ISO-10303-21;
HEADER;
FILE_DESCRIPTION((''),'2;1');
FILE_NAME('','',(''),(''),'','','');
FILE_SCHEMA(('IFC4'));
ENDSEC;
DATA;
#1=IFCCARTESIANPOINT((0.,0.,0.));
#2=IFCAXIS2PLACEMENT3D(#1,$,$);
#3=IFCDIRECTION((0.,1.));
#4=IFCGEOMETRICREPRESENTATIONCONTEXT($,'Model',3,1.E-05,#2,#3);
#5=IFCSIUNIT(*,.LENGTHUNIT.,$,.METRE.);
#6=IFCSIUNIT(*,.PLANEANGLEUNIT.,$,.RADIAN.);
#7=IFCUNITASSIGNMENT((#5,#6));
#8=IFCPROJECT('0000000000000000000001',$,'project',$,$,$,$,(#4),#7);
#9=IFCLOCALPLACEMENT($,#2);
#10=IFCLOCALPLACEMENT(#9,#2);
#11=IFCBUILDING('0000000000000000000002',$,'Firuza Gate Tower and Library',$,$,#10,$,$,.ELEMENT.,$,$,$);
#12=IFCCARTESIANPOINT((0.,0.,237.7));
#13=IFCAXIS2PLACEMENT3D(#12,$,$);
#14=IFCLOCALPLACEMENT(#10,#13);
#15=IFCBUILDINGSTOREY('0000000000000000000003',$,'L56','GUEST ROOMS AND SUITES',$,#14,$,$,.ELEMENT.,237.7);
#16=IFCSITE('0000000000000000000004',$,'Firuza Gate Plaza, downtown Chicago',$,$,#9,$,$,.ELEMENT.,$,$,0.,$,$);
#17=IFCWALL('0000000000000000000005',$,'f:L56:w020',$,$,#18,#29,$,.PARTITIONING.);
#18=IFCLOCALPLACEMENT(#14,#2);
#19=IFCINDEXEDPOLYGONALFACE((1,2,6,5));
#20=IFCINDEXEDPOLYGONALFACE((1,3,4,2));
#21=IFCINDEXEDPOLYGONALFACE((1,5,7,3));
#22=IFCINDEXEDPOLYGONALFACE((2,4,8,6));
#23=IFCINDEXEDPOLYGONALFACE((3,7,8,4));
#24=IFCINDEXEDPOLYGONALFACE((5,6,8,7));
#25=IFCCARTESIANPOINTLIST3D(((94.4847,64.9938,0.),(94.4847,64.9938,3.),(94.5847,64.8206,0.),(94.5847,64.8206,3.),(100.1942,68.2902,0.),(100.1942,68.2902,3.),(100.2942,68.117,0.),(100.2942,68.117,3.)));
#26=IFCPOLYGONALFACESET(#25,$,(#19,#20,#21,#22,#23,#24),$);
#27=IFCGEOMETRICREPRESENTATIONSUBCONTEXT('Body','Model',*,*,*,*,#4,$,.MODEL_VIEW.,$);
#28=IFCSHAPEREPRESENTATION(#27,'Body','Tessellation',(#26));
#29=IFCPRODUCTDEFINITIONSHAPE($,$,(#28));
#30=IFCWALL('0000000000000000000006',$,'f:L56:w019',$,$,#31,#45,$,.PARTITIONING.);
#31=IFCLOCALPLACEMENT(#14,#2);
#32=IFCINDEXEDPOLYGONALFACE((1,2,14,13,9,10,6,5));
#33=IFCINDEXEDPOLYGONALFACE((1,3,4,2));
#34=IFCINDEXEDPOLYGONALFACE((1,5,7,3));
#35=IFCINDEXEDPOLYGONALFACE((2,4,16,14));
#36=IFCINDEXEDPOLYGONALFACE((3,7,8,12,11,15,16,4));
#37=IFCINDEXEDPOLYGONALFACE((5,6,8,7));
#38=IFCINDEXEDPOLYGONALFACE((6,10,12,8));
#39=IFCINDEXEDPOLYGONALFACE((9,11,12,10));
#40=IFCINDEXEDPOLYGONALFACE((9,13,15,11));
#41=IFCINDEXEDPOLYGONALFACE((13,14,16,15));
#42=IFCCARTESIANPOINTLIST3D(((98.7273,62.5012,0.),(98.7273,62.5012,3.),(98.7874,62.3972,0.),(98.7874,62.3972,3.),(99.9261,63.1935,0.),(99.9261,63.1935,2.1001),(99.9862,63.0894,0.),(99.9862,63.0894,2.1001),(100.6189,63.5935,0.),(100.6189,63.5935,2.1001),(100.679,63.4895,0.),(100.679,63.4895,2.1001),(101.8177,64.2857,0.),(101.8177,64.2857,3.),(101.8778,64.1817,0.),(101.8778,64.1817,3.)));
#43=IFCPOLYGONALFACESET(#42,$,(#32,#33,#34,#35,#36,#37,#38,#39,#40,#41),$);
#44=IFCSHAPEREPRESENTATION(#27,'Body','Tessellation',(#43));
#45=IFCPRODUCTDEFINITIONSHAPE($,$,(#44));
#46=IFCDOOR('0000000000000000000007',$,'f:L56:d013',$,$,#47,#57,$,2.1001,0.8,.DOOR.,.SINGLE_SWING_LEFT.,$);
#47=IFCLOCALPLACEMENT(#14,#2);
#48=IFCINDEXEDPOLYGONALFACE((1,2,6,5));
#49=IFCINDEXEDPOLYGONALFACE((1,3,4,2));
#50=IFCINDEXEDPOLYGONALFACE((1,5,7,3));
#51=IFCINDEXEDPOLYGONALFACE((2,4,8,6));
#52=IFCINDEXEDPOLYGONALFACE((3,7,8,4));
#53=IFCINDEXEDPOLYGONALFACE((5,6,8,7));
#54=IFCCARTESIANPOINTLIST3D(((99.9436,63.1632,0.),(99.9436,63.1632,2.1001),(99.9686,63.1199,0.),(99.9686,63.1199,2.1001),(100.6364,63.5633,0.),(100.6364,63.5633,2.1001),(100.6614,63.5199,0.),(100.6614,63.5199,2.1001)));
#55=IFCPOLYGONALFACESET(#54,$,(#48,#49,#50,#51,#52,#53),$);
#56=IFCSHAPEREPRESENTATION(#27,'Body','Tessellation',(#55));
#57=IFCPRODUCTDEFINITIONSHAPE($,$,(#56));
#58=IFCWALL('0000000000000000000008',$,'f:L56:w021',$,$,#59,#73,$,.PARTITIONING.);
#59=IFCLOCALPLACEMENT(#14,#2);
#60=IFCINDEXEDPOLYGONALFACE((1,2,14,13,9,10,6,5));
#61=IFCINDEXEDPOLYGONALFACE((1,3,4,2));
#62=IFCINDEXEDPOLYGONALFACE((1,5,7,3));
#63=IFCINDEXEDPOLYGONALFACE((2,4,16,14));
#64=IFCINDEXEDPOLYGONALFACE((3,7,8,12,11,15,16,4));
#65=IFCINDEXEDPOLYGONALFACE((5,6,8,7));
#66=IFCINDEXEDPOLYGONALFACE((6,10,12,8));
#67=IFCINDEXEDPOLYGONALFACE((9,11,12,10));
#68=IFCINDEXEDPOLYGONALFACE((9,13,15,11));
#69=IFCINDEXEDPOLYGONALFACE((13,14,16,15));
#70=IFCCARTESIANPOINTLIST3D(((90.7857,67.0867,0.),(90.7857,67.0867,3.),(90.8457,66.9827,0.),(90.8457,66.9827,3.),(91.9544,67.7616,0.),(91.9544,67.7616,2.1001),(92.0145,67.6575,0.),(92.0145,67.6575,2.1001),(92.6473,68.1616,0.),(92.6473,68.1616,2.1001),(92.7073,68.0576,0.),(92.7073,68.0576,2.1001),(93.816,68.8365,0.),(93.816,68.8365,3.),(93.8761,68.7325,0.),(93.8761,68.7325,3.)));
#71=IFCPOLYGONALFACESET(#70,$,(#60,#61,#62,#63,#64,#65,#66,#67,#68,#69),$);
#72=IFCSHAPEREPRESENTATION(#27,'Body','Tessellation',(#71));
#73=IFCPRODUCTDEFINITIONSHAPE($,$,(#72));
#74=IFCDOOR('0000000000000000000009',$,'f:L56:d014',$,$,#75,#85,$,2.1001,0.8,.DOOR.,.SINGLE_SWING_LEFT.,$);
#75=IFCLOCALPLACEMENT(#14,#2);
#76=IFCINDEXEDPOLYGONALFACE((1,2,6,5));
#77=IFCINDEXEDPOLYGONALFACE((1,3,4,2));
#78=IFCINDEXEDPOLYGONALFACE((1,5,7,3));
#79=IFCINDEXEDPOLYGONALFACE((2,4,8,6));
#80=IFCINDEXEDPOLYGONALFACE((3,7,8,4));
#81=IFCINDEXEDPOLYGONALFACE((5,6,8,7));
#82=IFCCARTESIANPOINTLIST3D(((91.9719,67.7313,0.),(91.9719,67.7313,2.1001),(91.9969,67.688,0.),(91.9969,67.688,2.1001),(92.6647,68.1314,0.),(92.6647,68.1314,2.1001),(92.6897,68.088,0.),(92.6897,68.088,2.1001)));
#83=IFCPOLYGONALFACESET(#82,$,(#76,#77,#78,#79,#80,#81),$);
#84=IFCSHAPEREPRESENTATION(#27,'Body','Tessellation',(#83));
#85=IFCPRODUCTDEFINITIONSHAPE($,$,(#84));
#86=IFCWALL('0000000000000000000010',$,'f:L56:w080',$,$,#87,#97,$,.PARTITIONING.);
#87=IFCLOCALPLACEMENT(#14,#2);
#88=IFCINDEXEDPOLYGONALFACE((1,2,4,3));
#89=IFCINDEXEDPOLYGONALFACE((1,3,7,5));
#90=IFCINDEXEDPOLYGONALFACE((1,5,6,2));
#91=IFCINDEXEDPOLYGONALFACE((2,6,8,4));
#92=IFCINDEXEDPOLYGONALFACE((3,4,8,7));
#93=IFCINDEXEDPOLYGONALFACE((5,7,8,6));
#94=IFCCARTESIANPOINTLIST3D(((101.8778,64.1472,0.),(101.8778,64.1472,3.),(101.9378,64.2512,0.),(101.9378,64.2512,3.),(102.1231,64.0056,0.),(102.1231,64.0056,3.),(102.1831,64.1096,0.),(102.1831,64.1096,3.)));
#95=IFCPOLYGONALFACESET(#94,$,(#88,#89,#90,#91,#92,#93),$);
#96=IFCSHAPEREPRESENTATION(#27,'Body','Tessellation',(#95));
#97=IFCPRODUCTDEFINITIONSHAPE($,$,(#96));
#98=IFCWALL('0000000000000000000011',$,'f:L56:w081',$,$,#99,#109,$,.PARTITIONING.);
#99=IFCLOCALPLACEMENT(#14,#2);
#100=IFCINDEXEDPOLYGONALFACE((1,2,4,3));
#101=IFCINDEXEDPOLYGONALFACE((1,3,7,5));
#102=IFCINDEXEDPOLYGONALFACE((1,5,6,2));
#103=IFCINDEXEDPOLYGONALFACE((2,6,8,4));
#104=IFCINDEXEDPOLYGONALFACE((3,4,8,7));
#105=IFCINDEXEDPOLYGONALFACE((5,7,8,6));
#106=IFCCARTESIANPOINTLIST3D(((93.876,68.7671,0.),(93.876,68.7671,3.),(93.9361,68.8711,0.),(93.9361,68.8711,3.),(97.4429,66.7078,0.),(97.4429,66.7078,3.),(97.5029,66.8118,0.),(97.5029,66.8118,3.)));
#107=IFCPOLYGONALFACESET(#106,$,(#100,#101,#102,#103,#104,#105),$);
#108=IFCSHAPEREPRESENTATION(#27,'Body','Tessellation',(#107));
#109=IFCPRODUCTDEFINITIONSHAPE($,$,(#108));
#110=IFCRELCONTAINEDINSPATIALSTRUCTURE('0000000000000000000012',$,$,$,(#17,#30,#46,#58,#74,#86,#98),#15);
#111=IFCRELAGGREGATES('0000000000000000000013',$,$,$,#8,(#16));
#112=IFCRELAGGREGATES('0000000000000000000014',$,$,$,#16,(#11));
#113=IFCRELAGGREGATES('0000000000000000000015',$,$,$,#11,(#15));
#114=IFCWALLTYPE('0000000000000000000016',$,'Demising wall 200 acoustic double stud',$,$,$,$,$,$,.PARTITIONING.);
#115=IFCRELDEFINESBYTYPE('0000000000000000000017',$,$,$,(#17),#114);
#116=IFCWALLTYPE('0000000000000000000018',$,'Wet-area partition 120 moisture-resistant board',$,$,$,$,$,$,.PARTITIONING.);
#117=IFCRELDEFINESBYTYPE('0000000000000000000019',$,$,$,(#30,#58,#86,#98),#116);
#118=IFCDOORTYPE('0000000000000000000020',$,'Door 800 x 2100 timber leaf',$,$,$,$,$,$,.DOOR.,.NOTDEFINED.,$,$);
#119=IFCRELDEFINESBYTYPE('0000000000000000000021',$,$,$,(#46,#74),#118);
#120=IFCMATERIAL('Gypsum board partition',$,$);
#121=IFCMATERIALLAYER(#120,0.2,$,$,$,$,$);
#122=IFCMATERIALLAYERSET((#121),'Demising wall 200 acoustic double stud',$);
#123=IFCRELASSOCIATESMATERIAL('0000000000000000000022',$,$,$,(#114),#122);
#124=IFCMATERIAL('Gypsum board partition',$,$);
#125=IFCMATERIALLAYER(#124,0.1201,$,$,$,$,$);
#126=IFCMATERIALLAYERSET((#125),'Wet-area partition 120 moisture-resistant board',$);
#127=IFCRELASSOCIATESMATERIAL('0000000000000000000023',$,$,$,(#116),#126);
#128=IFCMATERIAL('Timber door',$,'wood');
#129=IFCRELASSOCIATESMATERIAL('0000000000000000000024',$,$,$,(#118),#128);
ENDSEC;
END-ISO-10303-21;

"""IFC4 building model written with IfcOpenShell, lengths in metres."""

from ifc_helpers import new_model, si_unit, direction, frame, frame_2d, origin, place, context, subcontext, project, spatial, rectangle, extrude, material, layer, layer_set, type_object, element, fill, save


model = new_model("IFC4")

# Units and contexts
model_context = context("Model", 3, precision=1e-05, world=origin(), true_north=direction((0.0, 1.0)))
body_context = subcontext(model_context, "Body", "Model", "MODEL_VIEW")
ifc_project = project(units=[si_unit("LENGTHUNIT", "METRE"), si_unit("PLANEANGLEUNIT", "RADIAN")], contexts=[model_context])

# Site, building, storey
site_placement = place(None, origin())
site = spatial("IfcSite", under=ifc_project, at=site_placement, Name="Firuza Gate Plaza, downtown Chicago", CompositionType="ELEMENT", RefElevation=0.0)
building_placement = place(site_placement, origin())
building = spatial("IfcBuilding", under=site, at=building_placement, Name="Firuza Gate Tower and Library", CompositionType="ELEMENT")
storey_placement = place(building_placement, frame((0.0, 0.0, 237.7)))
storey = spatial("IfcBuildingStorey", under=building, at=storey_placement, Name="L56", Description="GUEST ROOMS AND SUITES", CompositionType="ELEMENT", Elevation=237.7)

# Wall
ifc_material_1 = material(Name="Gypsum board partition")
ifc_layer_1 = layer(ifc_material_1, 0.2)
ifc_layer_set_1 = layer_set([ifc_layer_1], Name="Demising wall 200 acoustic double stud")
wall_type_1 = type_object("IfcWallType", Name="Demising wall 200 acoustic double stud", PredefinedType="PARTITIONING", material=ifc_layer_set_1)
wall_1_placement = place(storey_placement, frame((94.5347, 64.9072, 0.0), z_axis=(0.0, 0.0, 1.0), x_axis=(0.866024, 0.500002, 0.0)))
element("IfcWall", 1, at=wall_1_placement, inside=storey, type_object=wall_type_1, Name="f:L56:w020", PredefinedType="PARTITIONING", context=body_context, shape_type="SweptSolid", body=[
    extrude(rectangle(XDim=6.5928, YDim=0.2, at=frame_2d((3.2964, 0.0))), origin(), (0.0, 0.0, 1.0), 3.0),
])

# Walls, openings, doors
ifc_material_2 = material(Name="Gypsum board partition")
ifc_layer_2 = layer(ifc_material_2, 0.1201)
ifc_layer_set_2 = layer_set([ifc_layer_2], Name="Wet-area partition 120 moisture-resistant board")
wall_type_2 = type_object("IfcWallType", Name="Wet-area partition 120 moisture-resistant board", PredefinedType="PARTITIONING", material=ifc_layer_set_2)
wall_2_placement = place(storey_placement, frame((101.8477, 64.2336, 0.0), z_axis=(0.0, 0.0, 1.0), x_axis=(-0.865999, -0.500046, 0.0)))
wall_2 = element("IfcWall", 2, at=wall_2_placement, inside=storey, type_object=wall_type_2, Name="f:L56:w019", PredefinedType="PARTITIONING", context=body_context, shape_type="SweptSolid", body=[
    extrude(rectangle(XDim=3.5686, YDim=0.1201, at=frame_2d((1.7842, 0.0))), origin(), (0.0, 0.0, 1.0), 3.0),
])
opening_1_placement = place(wall_2_placement, frame((1.3843, 0.0, 0.0)))
opening_1 = element("IfcOpeningElement", 3, at=opening_1_placement, cuts=wall_2, PredefinedType="OPENING", context=body_context, shape_type="SweptSolid", body=[
    extrude(rectangle(XDim=0.8, YDim=2.1001, at=frame_2d((0.3999, 1.05))), frame((0.0, 0.0701, 0.0), z_axis=(0.0, -1.0, 0.0), x_axis=(1.0, 0.0, 0.0)), (0.0, 0.0, 1.0), 0.1401),
])
ifc_material_3 = material(Name="Timber door", Category="wood")
door_type = type_object("IfcDoorType", Name="Door 800 x 2100 timber leaf", OperationType="NOTDEFINED", PredefinedType="DOOR", material=ifc_material_3)
door_1_placement = place(opening_1_placement, origin())
door_1 = element("IfcDoor", 4, at=door_1_placement, inside=storey, type_object=door_type, Name="f:L56:d013", OperationType="SINGLE_SWING_LEFT", OverallHeight=2.1001, OverallWidth=0.8, PredefinedType="DOOR", context=body_context, shape_type="SweptSolid", body=[
    extrude(rectangle(XDim=0.8, YDim=2.1001, at=frame_2d((0.3999, 1.05))), frame((0.0, 0.0249, 0.0), z_axis=(0.0, -1.0, 0.0), x_axis=(1.0, 0.0, 0.0)), (0.0, 0.0, 1.0), 0.05),
])
fill(opening_1, door_1)
wall_3_placement = place(storey_placement, frame((93.8459, 68.7844, 0.0), z_axis=(0.0, 0.0, 1.0), x_axis=(-0.865997, -0.500049, 0.0)))
wall_3 = element("IfcWall", 5, at=wall_3_placement, inside=storey, type_object=wall_type_2, Name="f:L56:w021", PredefinedType="PARTITIONING", context=body_context, shape_type="SweptSolid", body=[
    extrude(rectangle(XDim=3.4993, YDim=0.1201, at=frame_2d((1.7495, 0.0))), origin(), (0.0, 0.0, 1.0), 3.0),
])
opening_2_placement = place(wall_3_placement, frame((1.3496, 0.0, 0.0)))
opening_2 = element("IfcOpeningElement", 6, at=opening_2_placement, cuts=wall_3, PredefinedType="OPENING", context=body_context, shape_type="SweptSolid", body=[
    extrude(rectangle(XDim=0.8, YDim=2.1001, at=frame_2d((0.3999, 1.05))), frame((0.0, 0.0701, 0.0), z_axis=(0.0, -1.0, 0.0), x_axis=(1.0, 0.0, 0.0)), (0.0, 0.0, 1.0), 0.1401),
])
door_2_placement = place(opening_2_placement, origin())
door_2 = element("IfcDoor", 7, at=door_2_placement, inside=storey, type_object=door_type, Name="f:L56:d014", OperationType="SINGLE_SWING_LEFT", OverallHeight=2.1001, OverallWidth=0.8, PredefinedType="DOOR", context=body_context, shape_type="SweptSolid", body=[
    extrude(rectangle(XDim=0.8, YDim=2.1001, at=frame_2d((0.3999, 1.05))), frame((0.0, 0.0249, 0.0), z_axis=(0.0, -1.0, 0.0), x_axis=(1.0, 0.0, 0.0)), (0.0, 0.0, 1.0), 0.05),
])
fill(opening_2, door_2)

# Walls
wall_4_placement = place(storey_placement, frame((102.1531, 64.0576, 0.0), z_axis=(0.0, 0.0, 1.0), x_axis=(-0.866114, 0.499847, 0.0)))
element("IfcWall", 8, at=wall_4_placement, inside=storey, type_object=wall_type_2, Name="f:L56:w080", PredefinedType="PARTITIONING", context=body_context, shape_type="SweptSolid", body=[
    extrude(rectangle(XDim=0.2832, YDim=0.1201, at=frame_2d((0.1416, 0.0))), origin(), (0.0, 0.0, 1.0), 3.0),
])
wall_5_placement = place(storey_placement, frame((97.4729, 66.7598, 0.0), z_axis=(0.0, 0.0, 1.0), x_axis=(-0.866028, 0.499996, 0.0)))
element("IfcWall", 9, at=wall_5_placement, inside=storey, type_object=wall_type_2, Name="f:L56:w081", PredefinedType="PARTITIONING", context=body_context, shape_type="SweptSolid", body=[
    extrude(rectangle(XDim=4.1187, YDim=0.1201, at=frame_2d((2.0593, 0.0))), origin(), (0.0, 0.0, 1.0), 3.0),
])

save(model, "model.ifc")
